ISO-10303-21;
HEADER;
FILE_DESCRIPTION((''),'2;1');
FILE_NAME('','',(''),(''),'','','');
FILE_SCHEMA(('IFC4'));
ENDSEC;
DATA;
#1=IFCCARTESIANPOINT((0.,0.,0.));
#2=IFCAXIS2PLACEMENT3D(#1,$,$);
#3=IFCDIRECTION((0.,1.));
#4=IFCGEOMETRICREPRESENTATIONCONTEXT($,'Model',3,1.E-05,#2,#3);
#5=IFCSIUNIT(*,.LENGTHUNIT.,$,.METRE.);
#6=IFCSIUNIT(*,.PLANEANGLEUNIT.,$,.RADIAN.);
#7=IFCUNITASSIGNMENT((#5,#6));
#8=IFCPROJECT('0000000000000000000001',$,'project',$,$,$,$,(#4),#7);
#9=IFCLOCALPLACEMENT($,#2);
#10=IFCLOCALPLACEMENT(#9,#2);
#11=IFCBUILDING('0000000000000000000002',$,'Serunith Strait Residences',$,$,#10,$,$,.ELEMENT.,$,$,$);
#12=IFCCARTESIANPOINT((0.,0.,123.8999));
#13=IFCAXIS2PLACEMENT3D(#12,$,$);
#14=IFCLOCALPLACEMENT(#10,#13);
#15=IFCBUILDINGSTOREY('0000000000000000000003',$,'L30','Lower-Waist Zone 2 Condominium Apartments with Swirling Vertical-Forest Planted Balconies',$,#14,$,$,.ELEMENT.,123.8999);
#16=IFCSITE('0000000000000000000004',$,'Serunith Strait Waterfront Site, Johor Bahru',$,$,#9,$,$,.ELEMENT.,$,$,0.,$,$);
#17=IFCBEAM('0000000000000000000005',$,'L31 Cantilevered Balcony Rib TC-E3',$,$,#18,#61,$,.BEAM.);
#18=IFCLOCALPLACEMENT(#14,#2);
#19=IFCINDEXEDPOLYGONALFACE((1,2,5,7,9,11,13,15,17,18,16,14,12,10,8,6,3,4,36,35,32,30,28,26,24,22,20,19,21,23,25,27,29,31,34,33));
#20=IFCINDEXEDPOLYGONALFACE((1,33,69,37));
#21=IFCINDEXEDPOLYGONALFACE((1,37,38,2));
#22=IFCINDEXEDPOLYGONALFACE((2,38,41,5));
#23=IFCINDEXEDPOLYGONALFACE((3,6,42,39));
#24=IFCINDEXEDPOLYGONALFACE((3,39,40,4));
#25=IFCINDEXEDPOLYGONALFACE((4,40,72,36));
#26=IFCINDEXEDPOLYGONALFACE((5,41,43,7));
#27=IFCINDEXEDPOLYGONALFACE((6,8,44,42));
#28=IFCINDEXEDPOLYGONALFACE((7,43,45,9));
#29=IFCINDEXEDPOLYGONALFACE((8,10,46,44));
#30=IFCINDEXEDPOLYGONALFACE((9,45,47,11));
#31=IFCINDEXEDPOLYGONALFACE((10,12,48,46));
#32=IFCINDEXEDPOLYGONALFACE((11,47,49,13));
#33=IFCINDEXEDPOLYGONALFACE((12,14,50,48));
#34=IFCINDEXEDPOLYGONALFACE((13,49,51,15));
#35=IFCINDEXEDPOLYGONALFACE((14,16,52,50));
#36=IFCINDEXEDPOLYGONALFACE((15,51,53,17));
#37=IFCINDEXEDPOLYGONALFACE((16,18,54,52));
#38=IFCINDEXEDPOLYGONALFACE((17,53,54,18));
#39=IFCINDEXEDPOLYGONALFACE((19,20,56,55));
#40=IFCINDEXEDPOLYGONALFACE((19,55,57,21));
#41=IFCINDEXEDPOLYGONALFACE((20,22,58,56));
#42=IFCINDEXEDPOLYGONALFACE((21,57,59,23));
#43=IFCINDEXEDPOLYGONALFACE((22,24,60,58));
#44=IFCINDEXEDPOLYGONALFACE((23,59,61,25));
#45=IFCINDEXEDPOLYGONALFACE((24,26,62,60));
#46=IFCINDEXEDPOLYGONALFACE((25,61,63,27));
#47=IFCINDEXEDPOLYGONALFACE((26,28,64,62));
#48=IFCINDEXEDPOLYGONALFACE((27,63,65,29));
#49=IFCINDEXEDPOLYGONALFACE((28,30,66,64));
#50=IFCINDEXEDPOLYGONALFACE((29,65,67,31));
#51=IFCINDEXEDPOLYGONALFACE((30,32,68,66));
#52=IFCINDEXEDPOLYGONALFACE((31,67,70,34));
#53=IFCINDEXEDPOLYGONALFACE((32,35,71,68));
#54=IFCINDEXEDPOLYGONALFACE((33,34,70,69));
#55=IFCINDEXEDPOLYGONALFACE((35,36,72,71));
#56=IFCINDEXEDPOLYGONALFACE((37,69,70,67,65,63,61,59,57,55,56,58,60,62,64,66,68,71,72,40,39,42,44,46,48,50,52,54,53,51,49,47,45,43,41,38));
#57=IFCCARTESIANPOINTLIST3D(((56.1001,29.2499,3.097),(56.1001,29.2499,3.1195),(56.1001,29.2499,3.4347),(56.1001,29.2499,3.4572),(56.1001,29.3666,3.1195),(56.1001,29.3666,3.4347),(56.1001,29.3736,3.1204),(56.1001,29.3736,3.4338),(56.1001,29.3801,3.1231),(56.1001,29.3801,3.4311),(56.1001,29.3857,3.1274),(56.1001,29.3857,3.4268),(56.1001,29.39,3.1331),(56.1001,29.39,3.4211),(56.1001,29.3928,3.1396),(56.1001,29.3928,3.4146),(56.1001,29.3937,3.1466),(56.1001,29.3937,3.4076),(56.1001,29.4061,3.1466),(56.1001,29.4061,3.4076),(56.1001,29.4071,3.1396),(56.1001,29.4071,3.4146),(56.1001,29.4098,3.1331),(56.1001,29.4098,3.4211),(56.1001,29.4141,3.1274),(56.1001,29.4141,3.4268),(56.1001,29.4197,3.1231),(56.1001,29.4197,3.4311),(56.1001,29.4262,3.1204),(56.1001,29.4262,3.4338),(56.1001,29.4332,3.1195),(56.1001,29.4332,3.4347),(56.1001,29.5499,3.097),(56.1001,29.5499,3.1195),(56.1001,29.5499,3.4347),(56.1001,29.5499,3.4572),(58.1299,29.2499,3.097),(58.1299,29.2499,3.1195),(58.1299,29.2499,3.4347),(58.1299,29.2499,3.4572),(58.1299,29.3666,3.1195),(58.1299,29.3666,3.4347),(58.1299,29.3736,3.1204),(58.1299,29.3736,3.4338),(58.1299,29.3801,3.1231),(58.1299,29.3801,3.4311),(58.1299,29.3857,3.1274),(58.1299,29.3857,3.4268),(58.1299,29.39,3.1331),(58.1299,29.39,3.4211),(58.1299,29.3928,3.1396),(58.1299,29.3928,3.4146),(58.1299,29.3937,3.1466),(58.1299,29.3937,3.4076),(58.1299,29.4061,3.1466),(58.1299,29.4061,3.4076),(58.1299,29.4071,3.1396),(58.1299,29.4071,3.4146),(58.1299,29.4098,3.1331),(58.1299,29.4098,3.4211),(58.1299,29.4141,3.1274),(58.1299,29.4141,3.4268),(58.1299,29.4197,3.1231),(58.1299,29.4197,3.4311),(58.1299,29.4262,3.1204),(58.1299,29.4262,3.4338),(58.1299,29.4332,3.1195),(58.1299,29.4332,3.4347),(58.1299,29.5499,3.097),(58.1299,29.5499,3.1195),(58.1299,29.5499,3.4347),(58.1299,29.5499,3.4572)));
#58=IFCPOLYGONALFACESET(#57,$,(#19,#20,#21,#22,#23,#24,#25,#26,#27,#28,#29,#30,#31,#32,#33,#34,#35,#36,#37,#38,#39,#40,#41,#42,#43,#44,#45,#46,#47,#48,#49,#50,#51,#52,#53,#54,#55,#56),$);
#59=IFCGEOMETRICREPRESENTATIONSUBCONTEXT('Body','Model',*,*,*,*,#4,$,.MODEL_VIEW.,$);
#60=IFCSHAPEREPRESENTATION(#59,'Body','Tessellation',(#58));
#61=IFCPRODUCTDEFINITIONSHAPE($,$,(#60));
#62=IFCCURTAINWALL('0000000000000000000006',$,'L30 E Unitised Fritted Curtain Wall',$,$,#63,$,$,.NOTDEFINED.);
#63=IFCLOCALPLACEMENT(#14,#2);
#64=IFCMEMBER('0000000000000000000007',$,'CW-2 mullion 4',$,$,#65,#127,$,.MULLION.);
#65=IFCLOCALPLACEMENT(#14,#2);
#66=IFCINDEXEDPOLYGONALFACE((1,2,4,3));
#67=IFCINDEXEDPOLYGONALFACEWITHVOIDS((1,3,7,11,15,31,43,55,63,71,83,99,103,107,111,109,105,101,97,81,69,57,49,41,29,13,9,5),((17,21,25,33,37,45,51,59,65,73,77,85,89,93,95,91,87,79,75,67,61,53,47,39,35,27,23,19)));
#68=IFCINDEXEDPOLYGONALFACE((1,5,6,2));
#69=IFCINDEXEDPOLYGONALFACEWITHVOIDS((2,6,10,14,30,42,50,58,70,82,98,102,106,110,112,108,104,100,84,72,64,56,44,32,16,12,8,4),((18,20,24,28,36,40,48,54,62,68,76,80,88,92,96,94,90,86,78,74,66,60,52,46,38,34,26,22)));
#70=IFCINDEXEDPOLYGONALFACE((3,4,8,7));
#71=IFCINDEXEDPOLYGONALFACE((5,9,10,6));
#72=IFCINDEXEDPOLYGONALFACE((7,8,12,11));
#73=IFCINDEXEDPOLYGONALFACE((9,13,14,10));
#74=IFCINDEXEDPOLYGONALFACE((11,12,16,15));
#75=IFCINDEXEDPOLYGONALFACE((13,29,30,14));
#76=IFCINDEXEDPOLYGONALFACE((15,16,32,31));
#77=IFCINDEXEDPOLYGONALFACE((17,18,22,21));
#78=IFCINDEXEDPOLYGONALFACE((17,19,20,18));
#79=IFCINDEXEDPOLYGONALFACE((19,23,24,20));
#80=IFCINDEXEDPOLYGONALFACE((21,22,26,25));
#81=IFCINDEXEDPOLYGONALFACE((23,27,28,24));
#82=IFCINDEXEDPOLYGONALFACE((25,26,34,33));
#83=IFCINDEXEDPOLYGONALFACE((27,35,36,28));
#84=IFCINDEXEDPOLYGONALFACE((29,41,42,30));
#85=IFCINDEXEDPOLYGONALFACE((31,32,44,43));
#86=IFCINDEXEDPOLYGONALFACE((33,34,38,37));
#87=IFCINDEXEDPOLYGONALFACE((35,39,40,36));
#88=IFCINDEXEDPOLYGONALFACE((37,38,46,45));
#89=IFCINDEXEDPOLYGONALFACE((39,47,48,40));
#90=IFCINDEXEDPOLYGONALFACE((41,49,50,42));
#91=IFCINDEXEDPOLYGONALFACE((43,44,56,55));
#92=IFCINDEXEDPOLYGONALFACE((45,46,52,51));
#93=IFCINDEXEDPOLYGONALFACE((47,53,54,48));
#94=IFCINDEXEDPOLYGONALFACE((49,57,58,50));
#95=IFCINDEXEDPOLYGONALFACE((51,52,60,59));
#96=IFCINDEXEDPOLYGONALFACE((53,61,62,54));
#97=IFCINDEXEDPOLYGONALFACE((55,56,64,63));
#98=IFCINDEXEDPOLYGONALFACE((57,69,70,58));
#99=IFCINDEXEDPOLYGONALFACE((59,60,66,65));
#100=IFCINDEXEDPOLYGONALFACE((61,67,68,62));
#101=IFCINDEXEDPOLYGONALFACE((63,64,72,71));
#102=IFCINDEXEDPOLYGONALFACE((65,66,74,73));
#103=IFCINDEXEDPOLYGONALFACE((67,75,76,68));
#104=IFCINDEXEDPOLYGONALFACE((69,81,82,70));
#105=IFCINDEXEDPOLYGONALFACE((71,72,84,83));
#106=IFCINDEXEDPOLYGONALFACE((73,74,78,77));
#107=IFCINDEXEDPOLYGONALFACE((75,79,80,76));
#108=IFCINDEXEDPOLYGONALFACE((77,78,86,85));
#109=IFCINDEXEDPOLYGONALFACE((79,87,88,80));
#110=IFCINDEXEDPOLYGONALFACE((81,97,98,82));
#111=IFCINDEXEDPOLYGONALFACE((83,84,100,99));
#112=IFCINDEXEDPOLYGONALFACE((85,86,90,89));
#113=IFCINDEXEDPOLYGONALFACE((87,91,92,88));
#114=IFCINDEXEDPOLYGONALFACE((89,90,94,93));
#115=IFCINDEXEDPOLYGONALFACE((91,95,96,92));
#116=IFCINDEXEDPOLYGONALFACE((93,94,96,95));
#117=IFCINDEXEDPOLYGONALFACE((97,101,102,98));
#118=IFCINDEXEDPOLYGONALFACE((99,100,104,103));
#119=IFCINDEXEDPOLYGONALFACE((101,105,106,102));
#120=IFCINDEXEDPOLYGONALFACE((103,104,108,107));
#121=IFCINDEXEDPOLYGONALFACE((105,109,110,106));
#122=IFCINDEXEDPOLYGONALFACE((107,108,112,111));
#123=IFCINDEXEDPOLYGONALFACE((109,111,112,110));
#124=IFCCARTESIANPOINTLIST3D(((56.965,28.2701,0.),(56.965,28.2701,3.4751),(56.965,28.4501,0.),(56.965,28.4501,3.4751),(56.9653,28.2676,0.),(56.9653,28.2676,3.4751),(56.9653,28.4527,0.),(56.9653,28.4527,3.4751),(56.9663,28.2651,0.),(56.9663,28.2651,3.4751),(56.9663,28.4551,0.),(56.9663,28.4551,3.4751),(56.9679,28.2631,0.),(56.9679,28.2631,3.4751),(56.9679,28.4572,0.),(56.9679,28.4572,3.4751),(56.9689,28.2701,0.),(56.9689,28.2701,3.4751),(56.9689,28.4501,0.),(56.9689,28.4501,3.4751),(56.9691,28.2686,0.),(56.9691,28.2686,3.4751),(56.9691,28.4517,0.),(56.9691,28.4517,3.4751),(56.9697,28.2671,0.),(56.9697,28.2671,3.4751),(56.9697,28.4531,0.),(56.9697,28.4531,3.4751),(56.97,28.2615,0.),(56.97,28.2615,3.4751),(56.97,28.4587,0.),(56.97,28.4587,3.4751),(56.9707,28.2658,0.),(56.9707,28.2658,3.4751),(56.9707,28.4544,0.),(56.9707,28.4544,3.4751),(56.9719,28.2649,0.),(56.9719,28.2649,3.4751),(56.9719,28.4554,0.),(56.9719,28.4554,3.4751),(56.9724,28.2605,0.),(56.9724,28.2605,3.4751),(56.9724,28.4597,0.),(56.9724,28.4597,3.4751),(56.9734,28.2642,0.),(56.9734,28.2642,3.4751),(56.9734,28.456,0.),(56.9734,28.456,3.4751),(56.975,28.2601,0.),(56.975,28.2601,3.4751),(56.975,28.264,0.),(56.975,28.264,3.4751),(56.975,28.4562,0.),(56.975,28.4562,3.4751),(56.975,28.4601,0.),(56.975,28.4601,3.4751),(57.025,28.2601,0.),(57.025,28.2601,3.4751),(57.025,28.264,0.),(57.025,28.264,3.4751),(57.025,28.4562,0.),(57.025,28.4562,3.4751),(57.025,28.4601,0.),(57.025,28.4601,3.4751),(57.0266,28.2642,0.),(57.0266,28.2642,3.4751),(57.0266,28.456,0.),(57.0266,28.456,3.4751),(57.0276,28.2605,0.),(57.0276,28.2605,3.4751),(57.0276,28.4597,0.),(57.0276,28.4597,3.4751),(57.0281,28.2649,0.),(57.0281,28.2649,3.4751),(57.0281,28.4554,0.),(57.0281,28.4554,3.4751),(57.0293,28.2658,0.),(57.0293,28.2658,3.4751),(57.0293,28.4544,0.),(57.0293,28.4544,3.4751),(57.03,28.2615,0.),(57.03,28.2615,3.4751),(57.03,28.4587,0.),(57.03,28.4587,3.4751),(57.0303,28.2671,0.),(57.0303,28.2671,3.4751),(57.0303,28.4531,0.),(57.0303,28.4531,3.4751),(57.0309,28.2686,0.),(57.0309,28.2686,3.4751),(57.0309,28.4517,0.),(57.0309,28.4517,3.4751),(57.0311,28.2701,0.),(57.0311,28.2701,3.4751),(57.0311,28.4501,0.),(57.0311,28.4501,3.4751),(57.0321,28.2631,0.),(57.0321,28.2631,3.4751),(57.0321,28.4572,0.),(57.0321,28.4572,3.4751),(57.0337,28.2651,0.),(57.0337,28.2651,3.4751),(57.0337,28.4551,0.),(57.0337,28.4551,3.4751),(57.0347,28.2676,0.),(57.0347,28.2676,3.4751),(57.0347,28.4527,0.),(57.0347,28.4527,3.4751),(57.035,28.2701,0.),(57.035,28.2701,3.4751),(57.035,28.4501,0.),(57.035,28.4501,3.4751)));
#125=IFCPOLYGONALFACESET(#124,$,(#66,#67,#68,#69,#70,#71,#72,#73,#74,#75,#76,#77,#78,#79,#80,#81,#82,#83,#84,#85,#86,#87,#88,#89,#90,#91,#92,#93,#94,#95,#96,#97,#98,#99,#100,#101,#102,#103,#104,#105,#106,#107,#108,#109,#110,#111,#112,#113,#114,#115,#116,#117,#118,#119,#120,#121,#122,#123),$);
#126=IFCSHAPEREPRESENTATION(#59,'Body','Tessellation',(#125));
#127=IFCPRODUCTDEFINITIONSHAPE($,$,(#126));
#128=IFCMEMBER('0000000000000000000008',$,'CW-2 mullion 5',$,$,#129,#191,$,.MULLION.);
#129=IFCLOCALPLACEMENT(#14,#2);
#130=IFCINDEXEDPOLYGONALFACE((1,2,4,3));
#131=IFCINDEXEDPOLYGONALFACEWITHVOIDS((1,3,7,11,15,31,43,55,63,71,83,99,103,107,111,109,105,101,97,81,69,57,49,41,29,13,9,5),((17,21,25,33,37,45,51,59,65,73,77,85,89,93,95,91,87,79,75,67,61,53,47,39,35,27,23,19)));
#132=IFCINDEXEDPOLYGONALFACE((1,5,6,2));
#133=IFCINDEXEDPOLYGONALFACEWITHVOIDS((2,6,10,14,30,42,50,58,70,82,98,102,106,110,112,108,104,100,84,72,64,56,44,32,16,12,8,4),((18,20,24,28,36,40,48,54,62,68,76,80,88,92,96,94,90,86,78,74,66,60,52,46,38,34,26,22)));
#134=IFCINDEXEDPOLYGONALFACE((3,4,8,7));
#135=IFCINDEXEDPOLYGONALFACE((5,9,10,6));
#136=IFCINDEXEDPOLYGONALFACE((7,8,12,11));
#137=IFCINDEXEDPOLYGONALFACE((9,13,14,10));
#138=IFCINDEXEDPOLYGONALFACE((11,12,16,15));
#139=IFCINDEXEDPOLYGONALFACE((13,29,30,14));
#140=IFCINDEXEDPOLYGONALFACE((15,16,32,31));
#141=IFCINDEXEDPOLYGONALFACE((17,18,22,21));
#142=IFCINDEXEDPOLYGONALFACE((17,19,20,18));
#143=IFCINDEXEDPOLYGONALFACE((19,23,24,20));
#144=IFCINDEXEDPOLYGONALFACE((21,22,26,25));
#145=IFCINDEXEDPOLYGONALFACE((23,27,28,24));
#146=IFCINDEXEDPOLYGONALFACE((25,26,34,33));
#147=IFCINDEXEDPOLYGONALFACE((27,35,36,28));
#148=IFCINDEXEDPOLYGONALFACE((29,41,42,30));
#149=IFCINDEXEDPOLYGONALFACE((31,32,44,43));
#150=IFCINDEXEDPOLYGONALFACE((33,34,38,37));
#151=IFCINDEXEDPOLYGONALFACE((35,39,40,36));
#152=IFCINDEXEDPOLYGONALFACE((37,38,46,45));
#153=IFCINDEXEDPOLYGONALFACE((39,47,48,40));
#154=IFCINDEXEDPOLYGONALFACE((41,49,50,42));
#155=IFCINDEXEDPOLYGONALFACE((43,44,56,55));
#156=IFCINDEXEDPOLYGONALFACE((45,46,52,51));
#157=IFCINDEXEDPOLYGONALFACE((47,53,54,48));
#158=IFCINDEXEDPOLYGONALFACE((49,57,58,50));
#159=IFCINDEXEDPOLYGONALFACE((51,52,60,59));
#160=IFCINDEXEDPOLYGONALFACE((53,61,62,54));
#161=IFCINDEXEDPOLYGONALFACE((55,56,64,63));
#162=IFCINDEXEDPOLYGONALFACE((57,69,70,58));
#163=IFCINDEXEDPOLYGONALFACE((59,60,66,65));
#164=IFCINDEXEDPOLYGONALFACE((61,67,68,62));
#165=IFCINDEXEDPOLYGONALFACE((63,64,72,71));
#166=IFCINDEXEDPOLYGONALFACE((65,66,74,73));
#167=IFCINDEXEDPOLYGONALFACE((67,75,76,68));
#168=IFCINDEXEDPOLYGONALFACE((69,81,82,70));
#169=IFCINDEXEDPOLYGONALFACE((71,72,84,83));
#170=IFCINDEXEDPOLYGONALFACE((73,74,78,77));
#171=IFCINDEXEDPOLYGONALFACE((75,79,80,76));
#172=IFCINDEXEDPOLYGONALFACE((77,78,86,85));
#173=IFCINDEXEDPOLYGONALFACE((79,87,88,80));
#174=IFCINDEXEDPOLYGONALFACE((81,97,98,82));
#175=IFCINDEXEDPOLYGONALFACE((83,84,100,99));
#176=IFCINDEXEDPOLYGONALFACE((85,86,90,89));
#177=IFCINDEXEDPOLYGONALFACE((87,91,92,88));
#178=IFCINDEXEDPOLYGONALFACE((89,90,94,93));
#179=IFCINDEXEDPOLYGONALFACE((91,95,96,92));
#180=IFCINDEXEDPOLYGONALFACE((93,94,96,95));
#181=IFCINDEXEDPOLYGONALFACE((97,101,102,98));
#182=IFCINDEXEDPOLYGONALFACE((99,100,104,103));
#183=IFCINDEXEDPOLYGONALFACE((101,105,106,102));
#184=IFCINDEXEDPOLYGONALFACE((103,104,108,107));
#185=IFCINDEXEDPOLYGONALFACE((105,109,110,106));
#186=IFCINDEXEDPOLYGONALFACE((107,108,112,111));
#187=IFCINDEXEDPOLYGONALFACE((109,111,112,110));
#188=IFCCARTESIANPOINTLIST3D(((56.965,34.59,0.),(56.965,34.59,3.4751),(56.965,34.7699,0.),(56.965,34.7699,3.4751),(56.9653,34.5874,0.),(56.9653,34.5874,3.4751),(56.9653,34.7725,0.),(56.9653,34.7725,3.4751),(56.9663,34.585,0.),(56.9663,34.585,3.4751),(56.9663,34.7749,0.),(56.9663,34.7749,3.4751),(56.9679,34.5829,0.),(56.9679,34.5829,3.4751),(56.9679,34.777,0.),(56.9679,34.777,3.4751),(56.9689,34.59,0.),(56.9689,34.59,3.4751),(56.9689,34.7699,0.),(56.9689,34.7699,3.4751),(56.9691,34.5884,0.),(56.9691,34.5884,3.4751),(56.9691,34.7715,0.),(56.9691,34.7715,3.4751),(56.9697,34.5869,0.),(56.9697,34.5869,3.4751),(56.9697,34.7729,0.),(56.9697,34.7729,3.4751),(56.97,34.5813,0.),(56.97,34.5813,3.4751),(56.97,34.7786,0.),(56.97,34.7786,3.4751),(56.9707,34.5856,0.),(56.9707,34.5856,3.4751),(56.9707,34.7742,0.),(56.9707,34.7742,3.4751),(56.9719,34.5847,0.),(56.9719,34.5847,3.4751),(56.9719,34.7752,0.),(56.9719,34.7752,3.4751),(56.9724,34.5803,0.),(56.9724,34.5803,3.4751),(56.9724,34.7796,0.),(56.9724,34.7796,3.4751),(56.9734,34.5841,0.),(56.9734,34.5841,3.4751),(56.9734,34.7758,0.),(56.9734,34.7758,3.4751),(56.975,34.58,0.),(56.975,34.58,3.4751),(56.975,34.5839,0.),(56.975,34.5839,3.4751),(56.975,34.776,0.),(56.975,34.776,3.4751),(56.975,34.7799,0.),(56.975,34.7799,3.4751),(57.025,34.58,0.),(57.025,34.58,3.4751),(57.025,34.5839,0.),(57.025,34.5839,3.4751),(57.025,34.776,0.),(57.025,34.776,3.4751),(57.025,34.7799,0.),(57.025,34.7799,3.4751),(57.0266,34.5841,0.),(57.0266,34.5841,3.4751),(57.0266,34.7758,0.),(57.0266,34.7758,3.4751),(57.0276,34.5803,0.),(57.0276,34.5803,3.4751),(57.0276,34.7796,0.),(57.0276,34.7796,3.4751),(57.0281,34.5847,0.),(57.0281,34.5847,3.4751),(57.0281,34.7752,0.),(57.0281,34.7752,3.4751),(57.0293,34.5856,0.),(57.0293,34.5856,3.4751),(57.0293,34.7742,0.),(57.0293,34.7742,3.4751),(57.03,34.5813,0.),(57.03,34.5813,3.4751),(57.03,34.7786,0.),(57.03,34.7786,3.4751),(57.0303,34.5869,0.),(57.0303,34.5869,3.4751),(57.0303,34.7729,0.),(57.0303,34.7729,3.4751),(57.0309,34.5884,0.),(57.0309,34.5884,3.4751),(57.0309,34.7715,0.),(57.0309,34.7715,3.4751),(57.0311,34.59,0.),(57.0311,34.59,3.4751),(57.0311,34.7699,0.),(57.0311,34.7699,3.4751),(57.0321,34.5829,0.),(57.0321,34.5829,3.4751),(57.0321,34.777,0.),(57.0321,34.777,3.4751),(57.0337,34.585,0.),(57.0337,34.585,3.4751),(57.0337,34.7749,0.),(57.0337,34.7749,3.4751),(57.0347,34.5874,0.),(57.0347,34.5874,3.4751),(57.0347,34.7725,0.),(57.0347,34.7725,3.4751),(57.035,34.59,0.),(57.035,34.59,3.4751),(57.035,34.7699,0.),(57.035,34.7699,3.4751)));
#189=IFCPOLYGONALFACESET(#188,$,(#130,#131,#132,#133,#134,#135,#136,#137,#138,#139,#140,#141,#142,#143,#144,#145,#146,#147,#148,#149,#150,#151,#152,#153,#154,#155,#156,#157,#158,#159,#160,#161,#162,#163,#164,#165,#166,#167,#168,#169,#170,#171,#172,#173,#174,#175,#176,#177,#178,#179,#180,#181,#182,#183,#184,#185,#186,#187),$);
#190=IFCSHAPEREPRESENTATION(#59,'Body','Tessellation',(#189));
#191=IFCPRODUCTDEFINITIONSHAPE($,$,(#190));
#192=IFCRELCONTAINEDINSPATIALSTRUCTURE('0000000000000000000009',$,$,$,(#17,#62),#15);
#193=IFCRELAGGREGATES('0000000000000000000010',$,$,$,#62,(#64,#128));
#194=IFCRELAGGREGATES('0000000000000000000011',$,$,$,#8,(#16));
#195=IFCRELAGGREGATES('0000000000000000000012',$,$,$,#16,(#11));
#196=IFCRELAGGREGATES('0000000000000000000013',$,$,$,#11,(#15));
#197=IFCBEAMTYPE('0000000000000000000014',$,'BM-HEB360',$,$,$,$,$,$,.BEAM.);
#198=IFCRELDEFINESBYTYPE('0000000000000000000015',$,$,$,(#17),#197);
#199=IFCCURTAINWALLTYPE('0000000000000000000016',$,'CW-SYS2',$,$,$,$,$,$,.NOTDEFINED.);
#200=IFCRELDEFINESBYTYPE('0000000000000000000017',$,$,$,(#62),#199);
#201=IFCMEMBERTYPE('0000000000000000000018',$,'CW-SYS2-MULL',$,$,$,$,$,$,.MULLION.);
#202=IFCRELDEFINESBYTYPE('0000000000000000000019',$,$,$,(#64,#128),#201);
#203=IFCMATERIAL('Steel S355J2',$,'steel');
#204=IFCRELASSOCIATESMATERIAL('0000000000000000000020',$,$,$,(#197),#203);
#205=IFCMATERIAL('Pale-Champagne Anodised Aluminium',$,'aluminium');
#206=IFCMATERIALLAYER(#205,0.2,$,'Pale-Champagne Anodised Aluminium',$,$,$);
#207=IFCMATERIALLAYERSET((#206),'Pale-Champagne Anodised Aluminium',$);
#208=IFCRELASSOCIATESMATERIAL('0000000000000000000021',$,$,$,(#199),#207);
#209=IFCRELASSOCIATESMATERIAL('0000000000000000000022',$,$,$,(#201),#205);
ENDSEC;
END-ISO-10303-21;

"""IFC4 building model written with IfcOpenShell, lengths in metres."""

from ifc_helpers import new_model, si_unit, direction, frame, origin, origin_2d, place, context, subcontext, project, spatial, hollow_rectangle, i_section, extrude, source, transform, mapped, material, layer, layer_set, material_profile, profile_set, type_object, element, aggregate, save


model = new_model("IFC4")

# Units and contexts
model_context = context("Model", 3, precision=1e-05, world=origin(), true_north=direction((0.0, 1.0)))
body_context = subcontext(model_context, "Body", "Model", "MODEL_VIEW")
ifc_project = project(units=[si_unit("LENGTHUNIT", "METRE"), si_unit("PLANEANGLEUNIT", "RADIAN")], contexts=[model_context])

# Site, building, storey
site_placement = place(None, origin())
site = spatial("IfcSite", under=ifc_project, at=site_placement, Name="Serunith Strait Waterfront Site, Johor Bahru", CompositionType="ELEMENT", RefElevation=0.0)
building_placement = place(site_placement, origin())
building = spatial("IfcBuilding", under=site, at=building_placement, Name="Serunith Strait Residences", CompositionType="ELEMENT")
storey_placement = place(building_placement, frame((0.0, 0.0, 123.8999)))
storey = spatial("IfcBuildingStorey", under=building, at=storey_placement, Name="L30", Description="Lower-Waist Zone 2 Condominium Apartments with Swirling Vertical-Forest Planted Balconies", CompositionType="ELEMENT", Elevation=123.8999)

# Beam
ifc_material_1 = material(Name="Steel S355J2", Category="steel")
ifc_material_profile_1 = material_profile(ifc_material_1, i_section(OverallWidth=0.3, OverallDepth=0.3601, WebThickness=0.0125, FlangeThickness=0.0225, FilletRadius=0.0271, at=origin_2d()), Name="HEB 360")
ifc_profile_set_1 = profile_set([ifc_material_profile_1], Name="Steel S355J2")
beam_type_1 = type_object("IfcBeamType", Name="BM-HEB360", PredefinedType="BEAM", material=ifc_profile_set_1)
shared_shape_1 = source(origin(), body_context, "Body", "SweptSolid", [
    extrude(i_section(OverallWidth=0.3, OverallDepth=0.3601, WebThickness=0.0125, FlangeThickness=0.0225, FilletRadius=0.0271, at=origin_2d()), origin(), (0.0, 0.0, 1.0), 2.0298),
])
beam_1_placement = place(storey_placement, frame((56.1001, 29.3999, 3.2771), z_axis=(1.0, 0.0, 0.0), x_axis=(0.0, 1.0, 0.0)))
element("IfcBeam", 1, at=beam_1_placement, inside=storey, type_object=beam_type_1, Name="L31 Cantilevered Balcony Rib TC-E3", PredefinedType="BEAM", context=body_context, shape_type="MappedRepresentation", body=[
    mapped(shared_shape_1, transform((0.0, 0.0, 0.0), scale=1.0)),
])

# Curtain wall, members
ifc_material_2 = material(Name="Pale-Champagne Anodised Aluminium", Category="aluminium")
ifc_layer_1 = layer(ifc_material_2, 0.2, Name="Pale-Champagne Anodised Aluminium")
ifc_layer_set_1 = layer_set([ifc_layer_1], Name="Pale-Champagne Anodised Aluminium")
curtain_wall_type = type_object("IfcCurtainWallType", Name="CW-SYS2", PredefinedType="NOTDEFINED", material=ifc_layer_set_1)
curtain_wall_placement = place(storey_placement, origin())
curtain_wall = element("IfcCurtainWall", 2, at=curtain_wall_placement, inside=storey, type_object=curtain_wall_type, Name="L30 E Unitised Fritted Curtain Wall", PredefinedType="NOTDEFINED")
ifc_material_profile_2 = material_profile(ifc_material_2, hollow_rectangle(XDim=0.0701, YDim=0.2, WallThickness=0.0039, InnerFilletRadius=0.0061, OuterFilletRadius=0.01, at=origin_2d()), Name="ALU 200x70x4")
ifc_profile_set_2 = profile_set([ifc_material_profile_2], Name="Pale-Champagne Anodised Aluminium")
member_type_1 = type_object("IfcMemberType", Name="CW-SYS2-MULL", PredefinedType="MULLION", material=ifc_profile_set_2)
shared_shape_2 = source(origin(), body_context, "Body", "SweptSolid", [
    extrude(hollow_rectangle(XDim=0.0701, YDim=0.2, WallThickness=0.0039, InnerFilletRadius=0.0061, OuterFilletRadius=0.01, at=origin_2d()), origin(), (0.0, 0.0, 1.0), 3.4751),
])
member_1_placement = place(storey_placement, frame((57.0, 28.3601, 0.0), z_axis=(0.0, 0.0, 1.0), x_axis=(-1.0, 0.0, 0.0)))
member_1 = element("IfcMember", 3, at=member_1_placement, type_object=member_type_1, Name="CW-2 mullion 4", PredefinedType="MULLION", context=body_context, shape_type="MappedRepresentation", body=[
    mapped(shared_shape_2, transform((0.0, 0.0, 0.0), scale=1.0)),
])
member_2_placement = place(storey_placement, frame((57.0, 34.6799, 0.0), z_axis=(0.0, 0.0, 1.0), x_axis=(-1.0, 0.0, 0.0)))
member_2 = element("IfcMember", 4, at=member_2_placement, type_object=member_type_1, Name="CW-2 mullion 5", PredefinedType="MULLION", context=body_context, shape_type="MappedRepresentation", body=[
    mapped(shared_shape_2, transform((0.0, 0.0, 0.0), scale=1.0)),
])
aggregate(curtain_wall, [member_1, member_2])

save(model, "model.ifc")
